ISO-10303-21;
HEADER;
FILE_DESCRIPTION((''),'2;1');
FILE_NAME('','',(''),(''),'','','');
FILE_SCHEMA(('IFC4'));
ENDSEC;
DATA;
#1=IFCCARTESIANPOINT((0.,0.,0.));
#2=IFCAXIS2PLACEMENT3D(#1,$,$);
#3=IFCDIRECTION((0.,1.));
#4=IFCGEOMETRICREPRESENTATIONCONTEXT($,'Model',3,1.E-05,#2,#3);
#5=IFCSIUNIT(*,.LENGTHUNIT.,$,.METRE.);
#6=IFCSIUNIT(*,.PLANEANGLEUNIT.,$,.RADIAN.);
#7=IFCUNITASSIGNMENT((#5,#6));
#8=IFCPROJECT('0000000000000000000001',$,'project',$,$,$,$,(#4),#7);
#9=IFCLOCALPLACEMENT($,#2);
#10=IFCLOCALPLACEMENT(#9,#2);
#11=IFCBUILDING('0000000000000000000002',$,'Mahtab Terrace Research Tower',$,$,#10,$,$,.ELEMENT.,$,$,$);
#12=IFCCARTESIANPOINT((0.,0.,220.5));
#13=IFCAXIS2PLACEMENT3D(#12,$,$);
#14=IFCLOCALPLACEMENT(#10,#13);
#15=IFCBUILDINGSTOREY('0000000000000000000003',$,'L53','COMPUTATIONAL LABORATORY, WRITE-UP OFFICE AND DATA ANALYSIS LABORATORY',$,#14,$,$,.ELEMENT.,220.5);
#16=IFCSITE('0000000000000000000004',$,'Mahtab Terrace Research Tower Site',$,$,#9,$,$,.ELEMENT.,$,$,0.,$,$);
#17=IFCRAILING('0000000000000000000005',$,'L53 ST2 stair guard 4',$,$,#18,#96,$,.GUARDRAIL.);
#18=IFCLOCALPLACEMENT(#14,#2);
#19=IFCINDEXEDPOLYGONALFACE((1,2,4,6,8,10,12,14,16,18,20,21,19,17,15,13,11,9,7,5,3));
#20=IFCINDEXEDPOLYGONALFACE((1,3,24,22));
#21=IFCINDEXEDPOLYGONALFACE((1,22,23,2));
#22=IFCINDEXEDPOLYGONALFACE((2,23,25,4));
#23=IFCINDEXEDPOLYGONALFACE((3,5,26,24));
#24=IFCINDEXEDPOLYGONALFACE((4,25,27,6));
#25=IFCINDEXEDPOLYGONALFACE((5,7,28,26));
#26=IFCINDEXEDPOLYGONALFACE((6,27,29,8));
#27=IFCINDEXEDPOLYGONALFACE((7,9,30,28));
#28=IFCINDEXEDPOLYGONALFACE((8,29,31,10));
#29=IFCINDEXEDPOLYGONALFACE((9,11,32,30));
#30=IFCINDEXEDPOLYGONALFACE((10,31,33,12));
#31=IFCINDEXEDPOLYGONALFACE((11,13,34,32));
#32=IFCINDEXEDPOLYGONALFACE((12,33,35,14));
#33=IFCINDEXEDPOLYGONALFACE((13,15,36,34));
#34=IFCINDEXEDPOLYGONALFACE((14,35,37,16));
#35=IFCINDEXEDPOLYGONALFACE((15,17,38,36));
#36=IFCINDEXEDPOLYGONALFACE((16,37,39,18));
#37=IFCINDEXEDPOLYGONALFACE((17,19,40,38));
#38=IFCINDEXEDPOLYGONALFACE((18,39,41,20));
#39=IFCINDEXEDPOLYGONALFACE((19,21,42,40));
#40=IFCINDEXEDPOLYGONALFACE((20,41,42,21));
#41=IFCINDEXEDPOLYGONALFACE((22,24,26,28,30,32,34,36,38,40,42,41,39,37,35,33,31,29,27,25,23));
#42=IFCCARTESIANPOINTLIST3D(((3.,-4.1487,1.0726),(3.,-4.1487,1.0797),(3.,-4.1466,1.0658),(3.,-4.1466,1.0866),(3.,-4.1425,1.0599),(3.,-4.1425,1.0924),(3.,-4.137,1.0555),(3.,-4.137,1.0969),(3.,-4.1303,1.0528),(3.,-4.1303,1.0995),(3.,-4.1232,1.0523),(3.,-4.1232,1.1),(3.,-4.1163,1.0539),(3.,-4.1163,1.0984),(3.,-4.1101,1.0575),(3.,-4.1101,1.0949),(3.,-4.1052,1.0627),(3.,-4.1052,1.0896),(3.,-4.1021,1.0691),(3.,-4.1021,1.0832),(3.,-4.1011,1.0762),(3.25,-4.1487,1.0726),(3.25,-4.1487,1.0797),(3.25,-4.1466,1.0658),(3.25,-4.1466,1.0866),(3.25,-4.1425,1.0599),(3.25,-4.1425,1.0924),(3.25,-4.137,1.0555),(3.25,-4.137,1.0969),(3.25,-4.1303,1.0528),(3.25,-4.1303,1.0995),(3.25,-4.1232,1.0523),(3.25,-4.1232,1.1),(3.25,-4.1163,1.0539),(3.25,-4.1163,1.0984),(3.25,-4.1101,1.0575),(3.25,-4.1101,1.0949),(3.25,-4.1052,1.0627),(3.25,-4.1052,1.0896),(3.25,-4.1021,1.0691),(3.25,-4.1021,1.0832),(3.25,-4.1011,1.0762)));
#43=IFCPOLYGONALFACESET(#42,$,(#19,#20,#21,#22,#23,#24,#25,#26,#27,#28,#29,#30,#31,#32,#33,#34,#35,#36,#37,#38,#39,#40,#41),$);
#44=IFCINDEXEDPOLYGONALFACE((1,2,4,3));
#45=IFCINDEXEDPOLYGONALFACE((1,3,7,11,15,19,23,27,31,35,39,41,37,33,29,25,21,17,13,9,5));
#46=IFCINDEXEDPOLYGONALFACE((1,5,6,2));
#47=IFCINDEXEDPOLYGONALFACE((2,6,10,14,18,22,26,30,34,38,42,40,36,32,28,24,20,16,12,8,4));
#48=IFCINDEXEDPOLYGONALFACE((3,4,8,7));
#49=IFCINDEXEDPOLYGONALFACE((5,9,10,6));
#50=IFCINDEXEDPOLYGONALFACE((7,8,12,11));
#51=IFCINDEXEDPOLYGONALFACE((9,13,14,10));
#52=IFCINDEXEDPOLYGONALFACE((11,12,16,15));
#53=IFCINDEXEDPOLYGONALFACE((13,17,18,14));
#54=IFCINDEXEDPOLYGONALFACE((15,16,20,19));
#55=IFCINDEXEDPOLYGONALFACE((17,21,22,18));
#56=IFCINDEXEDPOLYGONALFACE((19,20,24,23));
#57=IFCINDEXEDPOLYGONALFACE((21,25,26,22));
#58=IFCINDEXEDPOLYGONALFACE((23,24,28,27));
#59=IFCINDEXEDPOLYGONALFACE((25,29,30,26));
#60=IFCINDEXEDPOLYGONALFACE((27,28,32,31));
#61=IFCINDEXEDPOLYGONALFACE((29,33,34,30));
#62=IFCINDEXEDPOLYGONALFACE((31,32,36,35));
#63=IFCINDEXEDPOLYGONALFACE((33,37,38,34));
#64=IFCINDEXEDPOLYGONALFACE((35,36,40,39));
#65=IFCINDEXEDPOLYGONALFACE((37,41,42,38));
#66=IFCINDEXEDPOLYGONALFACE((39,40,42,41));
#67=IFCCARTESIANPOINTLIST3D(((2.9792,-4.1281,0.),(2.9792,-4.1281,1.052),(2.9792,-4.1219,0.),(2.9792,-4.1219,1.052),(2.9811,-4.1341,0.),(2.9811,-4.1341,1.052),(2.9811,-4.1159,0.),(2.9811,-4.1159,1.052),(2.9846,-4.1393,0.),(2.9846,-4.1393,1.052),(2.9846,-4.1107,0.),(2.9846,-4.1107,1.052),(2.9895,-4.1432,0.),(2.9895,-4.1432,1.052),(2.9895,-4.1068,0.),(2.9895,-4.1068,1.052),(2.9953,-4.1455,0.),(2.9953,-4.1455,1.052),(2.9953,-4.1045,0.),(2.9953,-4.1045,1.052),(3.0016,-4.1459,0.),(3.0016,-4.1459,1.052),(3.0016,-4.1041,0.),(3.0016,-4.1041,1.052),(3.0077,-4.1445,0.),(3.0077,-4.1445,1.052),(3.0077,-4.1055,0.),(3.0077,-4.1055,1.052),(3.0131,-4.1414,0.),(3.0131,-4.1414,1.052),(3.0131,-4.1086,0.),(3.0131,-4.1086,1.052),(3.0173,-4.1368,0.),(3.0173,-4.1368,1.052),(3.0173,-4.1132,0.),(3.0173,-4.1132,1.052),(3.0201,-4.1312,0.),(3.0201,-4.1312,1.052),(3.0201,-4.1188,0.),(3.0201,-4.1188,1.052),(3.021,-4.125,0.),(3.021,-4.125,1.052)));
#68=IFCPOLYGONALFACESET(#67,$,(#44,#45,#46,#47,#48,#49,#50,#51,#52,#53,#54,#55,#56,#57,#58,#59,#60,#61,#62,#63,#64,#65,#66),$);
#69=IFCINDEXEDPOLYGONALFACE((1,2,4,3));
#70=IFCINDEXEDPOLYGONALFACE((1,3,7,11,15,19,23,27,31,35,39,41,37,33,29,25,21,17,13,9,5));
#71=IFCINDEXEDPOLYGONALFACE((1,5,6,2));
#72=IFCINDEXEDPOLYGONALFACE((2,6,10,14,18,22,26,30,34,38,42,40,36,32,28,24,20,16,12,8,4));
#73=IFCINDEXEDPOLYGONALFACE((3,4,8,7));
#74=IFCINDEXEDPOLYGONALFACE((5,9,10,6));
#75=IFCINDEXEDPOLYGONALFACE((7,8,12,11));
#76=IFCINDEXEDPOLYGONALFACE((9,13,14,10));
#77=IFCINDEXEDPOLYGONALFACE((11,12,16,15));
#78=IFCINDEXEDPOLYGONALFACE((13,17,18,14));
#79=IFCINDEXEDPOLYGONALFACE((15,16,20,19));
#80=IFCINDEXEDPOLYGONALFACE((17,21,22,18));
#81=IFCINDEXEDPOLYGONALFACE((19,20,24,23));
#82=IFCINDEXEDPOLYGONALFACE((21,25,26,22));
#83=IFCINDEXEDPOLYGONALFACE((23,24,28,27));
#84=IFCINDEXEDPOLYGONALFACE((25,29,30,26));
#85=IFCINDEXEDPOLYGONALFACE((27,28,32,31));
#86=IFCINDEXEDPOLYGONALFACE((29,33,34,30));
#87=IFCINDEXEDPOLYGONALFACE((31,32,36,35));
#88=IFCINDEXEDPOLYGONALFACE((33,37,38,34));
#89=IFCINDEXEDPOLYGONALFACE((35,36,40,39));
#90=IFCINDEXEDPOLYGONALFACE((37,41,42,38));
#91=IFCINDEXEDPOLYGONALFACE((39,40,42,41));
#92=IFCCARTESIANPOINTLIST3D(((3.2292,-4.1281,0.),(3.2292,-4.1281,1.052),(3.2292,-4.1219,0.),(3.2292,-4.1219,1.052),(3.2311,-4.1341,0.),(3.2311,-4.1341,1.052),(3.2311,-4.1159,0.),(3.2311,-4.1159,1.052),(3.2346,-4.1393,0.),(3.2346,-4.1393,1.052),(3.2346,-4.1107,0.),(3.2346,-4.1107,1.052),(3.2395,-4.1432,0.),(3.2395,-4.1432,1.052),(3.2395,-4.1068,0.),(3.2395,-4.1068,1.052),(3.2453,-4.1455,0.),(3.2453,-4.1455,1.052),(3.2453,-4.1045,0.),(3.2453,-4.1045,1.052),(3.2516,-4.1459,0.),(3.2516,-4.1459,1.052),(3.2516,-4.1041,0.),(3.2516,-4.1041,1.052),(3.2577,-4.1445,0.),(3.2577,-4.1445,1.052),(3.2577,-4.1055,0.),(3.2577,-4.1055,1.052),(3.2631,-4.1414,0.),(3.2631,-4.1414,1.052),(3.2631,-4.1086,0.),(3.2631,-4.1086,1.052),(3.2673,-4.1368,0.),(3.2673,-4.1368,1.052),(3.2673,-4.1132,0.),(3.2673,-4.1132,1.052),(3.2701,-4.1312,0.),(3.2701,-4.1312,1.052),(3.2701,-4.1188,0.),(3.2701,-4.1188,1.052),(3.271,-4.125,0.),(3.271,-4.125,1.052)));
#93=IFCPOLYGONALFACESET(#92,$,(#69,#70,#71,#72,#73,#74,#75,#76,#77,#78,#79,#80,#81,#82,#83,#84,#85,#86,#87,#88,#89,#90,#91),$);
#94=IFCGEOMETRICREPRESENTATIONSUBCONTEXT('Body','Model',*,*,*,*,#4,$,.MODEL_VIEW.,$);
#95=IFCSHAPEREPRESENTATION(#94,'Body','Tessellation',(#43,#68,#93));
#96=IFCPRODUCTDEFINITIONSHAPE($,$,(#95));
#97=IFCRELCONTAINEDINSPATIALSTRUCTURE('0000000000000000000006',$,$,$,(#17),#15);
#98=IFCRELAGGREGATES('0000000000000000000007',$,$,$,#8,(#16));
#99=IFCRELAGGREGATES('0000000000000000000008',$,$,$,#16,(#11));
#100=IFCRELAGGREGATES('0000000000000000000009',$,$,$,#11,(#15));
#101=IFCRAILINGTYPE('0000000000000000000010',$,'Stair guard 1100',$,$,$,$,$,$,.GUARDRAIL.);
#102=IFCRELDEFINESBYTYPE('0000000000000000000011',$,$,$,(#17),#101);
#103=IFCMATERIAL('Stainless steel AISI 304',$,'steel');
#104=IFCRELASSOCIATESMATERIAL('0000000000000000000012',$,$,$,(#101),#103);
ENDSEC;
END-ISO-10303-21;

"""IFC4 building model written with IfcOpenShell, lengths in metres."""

from ifc_helpers import new_model, si_unit, direction, frame, origin, origin_2d, place, context, subcontext, project, spatial, circle, extrude, material, type_object, element, save


model = new_model("IFC4")

# Units and contexts
model_context = context("Model", 3, precision=1e-05, world=origin(), true_north=direction((0.0, 1.0)))
body_context = subcontext(model_context, "Body", "Model", "MODEL_VIEW")
ifc_project = project(units=[si_unit("LENGTHUNIT", "METRE"), si_unit("PLANEANGLEUNIT", "RADIAN")], contexts=[model_context])

# Site, building, storey
site_placement = place(None, origin())
site = spatial("IfcSite", under=ifc_project, at=site_placement, Name="Mahtab Terrace Research Tower Site", CompositionType="ELEMENT", RefElevation=0.0)
building_placement = place(site_placement, origin())
building = spatial("IfcBuilding", under=site, at=building_placement, Name="Mahtab Terrace Research Tower", CompositionType="ELEMENT")
storey_placement = place(building_placement, frame((0.0, 0.0, 220.5)))
storey = spatial("IfcBuildingStorey", under=building, at=storey_placement, Name="L53", Description="COMPUTATIONAL LABORATORY, WRITE-UP OFFICE AND DATA ANALYSIS LABORATORY", CompositionType="ELEMENT", Elevation=220.5)

# Railing
ifc_material_1 = material(Name="Stainless steel AISI 304", Category="steel")
railing_type_1 = type_object("IfcRailingType", Name="Stair guard 1100", PredefinedType="GUARDRAIL", material=ifc_material_1)
railing_1_placement = place(storey_placement, frame((3.0, -4.125, 0.0)))
element("IfcRailing", 1, at=railing_1_placement, inside=storey, type_object=railing_type_1, Name="L53 ST2 stair guard 4", PredefinedType="GUARDRAIL", context=body_context, shape_type="SweptSolid", body=[
    extrude(circle(Radius=0.0239, at=origin_2d()), frame((0.0, 0.0, 1.0762), z_axis=(1.0, 0.0, 0.0), x_axis=(0.0, 1.0, 0.0)), (0.0, 0.0, 1.0), 0.25),
    extrude(circle(Radius=0.021, at=origin_2d()), origin(), (0.0, 0.0, 1.0), 1.052),
    extrude(circle(Radius=0.021, at=origin_2d()), frame((0.25, 0.0, 0.0)), (0.0, 0.0, 1.0), 1.052),
])

save(model, "model.ifc")
